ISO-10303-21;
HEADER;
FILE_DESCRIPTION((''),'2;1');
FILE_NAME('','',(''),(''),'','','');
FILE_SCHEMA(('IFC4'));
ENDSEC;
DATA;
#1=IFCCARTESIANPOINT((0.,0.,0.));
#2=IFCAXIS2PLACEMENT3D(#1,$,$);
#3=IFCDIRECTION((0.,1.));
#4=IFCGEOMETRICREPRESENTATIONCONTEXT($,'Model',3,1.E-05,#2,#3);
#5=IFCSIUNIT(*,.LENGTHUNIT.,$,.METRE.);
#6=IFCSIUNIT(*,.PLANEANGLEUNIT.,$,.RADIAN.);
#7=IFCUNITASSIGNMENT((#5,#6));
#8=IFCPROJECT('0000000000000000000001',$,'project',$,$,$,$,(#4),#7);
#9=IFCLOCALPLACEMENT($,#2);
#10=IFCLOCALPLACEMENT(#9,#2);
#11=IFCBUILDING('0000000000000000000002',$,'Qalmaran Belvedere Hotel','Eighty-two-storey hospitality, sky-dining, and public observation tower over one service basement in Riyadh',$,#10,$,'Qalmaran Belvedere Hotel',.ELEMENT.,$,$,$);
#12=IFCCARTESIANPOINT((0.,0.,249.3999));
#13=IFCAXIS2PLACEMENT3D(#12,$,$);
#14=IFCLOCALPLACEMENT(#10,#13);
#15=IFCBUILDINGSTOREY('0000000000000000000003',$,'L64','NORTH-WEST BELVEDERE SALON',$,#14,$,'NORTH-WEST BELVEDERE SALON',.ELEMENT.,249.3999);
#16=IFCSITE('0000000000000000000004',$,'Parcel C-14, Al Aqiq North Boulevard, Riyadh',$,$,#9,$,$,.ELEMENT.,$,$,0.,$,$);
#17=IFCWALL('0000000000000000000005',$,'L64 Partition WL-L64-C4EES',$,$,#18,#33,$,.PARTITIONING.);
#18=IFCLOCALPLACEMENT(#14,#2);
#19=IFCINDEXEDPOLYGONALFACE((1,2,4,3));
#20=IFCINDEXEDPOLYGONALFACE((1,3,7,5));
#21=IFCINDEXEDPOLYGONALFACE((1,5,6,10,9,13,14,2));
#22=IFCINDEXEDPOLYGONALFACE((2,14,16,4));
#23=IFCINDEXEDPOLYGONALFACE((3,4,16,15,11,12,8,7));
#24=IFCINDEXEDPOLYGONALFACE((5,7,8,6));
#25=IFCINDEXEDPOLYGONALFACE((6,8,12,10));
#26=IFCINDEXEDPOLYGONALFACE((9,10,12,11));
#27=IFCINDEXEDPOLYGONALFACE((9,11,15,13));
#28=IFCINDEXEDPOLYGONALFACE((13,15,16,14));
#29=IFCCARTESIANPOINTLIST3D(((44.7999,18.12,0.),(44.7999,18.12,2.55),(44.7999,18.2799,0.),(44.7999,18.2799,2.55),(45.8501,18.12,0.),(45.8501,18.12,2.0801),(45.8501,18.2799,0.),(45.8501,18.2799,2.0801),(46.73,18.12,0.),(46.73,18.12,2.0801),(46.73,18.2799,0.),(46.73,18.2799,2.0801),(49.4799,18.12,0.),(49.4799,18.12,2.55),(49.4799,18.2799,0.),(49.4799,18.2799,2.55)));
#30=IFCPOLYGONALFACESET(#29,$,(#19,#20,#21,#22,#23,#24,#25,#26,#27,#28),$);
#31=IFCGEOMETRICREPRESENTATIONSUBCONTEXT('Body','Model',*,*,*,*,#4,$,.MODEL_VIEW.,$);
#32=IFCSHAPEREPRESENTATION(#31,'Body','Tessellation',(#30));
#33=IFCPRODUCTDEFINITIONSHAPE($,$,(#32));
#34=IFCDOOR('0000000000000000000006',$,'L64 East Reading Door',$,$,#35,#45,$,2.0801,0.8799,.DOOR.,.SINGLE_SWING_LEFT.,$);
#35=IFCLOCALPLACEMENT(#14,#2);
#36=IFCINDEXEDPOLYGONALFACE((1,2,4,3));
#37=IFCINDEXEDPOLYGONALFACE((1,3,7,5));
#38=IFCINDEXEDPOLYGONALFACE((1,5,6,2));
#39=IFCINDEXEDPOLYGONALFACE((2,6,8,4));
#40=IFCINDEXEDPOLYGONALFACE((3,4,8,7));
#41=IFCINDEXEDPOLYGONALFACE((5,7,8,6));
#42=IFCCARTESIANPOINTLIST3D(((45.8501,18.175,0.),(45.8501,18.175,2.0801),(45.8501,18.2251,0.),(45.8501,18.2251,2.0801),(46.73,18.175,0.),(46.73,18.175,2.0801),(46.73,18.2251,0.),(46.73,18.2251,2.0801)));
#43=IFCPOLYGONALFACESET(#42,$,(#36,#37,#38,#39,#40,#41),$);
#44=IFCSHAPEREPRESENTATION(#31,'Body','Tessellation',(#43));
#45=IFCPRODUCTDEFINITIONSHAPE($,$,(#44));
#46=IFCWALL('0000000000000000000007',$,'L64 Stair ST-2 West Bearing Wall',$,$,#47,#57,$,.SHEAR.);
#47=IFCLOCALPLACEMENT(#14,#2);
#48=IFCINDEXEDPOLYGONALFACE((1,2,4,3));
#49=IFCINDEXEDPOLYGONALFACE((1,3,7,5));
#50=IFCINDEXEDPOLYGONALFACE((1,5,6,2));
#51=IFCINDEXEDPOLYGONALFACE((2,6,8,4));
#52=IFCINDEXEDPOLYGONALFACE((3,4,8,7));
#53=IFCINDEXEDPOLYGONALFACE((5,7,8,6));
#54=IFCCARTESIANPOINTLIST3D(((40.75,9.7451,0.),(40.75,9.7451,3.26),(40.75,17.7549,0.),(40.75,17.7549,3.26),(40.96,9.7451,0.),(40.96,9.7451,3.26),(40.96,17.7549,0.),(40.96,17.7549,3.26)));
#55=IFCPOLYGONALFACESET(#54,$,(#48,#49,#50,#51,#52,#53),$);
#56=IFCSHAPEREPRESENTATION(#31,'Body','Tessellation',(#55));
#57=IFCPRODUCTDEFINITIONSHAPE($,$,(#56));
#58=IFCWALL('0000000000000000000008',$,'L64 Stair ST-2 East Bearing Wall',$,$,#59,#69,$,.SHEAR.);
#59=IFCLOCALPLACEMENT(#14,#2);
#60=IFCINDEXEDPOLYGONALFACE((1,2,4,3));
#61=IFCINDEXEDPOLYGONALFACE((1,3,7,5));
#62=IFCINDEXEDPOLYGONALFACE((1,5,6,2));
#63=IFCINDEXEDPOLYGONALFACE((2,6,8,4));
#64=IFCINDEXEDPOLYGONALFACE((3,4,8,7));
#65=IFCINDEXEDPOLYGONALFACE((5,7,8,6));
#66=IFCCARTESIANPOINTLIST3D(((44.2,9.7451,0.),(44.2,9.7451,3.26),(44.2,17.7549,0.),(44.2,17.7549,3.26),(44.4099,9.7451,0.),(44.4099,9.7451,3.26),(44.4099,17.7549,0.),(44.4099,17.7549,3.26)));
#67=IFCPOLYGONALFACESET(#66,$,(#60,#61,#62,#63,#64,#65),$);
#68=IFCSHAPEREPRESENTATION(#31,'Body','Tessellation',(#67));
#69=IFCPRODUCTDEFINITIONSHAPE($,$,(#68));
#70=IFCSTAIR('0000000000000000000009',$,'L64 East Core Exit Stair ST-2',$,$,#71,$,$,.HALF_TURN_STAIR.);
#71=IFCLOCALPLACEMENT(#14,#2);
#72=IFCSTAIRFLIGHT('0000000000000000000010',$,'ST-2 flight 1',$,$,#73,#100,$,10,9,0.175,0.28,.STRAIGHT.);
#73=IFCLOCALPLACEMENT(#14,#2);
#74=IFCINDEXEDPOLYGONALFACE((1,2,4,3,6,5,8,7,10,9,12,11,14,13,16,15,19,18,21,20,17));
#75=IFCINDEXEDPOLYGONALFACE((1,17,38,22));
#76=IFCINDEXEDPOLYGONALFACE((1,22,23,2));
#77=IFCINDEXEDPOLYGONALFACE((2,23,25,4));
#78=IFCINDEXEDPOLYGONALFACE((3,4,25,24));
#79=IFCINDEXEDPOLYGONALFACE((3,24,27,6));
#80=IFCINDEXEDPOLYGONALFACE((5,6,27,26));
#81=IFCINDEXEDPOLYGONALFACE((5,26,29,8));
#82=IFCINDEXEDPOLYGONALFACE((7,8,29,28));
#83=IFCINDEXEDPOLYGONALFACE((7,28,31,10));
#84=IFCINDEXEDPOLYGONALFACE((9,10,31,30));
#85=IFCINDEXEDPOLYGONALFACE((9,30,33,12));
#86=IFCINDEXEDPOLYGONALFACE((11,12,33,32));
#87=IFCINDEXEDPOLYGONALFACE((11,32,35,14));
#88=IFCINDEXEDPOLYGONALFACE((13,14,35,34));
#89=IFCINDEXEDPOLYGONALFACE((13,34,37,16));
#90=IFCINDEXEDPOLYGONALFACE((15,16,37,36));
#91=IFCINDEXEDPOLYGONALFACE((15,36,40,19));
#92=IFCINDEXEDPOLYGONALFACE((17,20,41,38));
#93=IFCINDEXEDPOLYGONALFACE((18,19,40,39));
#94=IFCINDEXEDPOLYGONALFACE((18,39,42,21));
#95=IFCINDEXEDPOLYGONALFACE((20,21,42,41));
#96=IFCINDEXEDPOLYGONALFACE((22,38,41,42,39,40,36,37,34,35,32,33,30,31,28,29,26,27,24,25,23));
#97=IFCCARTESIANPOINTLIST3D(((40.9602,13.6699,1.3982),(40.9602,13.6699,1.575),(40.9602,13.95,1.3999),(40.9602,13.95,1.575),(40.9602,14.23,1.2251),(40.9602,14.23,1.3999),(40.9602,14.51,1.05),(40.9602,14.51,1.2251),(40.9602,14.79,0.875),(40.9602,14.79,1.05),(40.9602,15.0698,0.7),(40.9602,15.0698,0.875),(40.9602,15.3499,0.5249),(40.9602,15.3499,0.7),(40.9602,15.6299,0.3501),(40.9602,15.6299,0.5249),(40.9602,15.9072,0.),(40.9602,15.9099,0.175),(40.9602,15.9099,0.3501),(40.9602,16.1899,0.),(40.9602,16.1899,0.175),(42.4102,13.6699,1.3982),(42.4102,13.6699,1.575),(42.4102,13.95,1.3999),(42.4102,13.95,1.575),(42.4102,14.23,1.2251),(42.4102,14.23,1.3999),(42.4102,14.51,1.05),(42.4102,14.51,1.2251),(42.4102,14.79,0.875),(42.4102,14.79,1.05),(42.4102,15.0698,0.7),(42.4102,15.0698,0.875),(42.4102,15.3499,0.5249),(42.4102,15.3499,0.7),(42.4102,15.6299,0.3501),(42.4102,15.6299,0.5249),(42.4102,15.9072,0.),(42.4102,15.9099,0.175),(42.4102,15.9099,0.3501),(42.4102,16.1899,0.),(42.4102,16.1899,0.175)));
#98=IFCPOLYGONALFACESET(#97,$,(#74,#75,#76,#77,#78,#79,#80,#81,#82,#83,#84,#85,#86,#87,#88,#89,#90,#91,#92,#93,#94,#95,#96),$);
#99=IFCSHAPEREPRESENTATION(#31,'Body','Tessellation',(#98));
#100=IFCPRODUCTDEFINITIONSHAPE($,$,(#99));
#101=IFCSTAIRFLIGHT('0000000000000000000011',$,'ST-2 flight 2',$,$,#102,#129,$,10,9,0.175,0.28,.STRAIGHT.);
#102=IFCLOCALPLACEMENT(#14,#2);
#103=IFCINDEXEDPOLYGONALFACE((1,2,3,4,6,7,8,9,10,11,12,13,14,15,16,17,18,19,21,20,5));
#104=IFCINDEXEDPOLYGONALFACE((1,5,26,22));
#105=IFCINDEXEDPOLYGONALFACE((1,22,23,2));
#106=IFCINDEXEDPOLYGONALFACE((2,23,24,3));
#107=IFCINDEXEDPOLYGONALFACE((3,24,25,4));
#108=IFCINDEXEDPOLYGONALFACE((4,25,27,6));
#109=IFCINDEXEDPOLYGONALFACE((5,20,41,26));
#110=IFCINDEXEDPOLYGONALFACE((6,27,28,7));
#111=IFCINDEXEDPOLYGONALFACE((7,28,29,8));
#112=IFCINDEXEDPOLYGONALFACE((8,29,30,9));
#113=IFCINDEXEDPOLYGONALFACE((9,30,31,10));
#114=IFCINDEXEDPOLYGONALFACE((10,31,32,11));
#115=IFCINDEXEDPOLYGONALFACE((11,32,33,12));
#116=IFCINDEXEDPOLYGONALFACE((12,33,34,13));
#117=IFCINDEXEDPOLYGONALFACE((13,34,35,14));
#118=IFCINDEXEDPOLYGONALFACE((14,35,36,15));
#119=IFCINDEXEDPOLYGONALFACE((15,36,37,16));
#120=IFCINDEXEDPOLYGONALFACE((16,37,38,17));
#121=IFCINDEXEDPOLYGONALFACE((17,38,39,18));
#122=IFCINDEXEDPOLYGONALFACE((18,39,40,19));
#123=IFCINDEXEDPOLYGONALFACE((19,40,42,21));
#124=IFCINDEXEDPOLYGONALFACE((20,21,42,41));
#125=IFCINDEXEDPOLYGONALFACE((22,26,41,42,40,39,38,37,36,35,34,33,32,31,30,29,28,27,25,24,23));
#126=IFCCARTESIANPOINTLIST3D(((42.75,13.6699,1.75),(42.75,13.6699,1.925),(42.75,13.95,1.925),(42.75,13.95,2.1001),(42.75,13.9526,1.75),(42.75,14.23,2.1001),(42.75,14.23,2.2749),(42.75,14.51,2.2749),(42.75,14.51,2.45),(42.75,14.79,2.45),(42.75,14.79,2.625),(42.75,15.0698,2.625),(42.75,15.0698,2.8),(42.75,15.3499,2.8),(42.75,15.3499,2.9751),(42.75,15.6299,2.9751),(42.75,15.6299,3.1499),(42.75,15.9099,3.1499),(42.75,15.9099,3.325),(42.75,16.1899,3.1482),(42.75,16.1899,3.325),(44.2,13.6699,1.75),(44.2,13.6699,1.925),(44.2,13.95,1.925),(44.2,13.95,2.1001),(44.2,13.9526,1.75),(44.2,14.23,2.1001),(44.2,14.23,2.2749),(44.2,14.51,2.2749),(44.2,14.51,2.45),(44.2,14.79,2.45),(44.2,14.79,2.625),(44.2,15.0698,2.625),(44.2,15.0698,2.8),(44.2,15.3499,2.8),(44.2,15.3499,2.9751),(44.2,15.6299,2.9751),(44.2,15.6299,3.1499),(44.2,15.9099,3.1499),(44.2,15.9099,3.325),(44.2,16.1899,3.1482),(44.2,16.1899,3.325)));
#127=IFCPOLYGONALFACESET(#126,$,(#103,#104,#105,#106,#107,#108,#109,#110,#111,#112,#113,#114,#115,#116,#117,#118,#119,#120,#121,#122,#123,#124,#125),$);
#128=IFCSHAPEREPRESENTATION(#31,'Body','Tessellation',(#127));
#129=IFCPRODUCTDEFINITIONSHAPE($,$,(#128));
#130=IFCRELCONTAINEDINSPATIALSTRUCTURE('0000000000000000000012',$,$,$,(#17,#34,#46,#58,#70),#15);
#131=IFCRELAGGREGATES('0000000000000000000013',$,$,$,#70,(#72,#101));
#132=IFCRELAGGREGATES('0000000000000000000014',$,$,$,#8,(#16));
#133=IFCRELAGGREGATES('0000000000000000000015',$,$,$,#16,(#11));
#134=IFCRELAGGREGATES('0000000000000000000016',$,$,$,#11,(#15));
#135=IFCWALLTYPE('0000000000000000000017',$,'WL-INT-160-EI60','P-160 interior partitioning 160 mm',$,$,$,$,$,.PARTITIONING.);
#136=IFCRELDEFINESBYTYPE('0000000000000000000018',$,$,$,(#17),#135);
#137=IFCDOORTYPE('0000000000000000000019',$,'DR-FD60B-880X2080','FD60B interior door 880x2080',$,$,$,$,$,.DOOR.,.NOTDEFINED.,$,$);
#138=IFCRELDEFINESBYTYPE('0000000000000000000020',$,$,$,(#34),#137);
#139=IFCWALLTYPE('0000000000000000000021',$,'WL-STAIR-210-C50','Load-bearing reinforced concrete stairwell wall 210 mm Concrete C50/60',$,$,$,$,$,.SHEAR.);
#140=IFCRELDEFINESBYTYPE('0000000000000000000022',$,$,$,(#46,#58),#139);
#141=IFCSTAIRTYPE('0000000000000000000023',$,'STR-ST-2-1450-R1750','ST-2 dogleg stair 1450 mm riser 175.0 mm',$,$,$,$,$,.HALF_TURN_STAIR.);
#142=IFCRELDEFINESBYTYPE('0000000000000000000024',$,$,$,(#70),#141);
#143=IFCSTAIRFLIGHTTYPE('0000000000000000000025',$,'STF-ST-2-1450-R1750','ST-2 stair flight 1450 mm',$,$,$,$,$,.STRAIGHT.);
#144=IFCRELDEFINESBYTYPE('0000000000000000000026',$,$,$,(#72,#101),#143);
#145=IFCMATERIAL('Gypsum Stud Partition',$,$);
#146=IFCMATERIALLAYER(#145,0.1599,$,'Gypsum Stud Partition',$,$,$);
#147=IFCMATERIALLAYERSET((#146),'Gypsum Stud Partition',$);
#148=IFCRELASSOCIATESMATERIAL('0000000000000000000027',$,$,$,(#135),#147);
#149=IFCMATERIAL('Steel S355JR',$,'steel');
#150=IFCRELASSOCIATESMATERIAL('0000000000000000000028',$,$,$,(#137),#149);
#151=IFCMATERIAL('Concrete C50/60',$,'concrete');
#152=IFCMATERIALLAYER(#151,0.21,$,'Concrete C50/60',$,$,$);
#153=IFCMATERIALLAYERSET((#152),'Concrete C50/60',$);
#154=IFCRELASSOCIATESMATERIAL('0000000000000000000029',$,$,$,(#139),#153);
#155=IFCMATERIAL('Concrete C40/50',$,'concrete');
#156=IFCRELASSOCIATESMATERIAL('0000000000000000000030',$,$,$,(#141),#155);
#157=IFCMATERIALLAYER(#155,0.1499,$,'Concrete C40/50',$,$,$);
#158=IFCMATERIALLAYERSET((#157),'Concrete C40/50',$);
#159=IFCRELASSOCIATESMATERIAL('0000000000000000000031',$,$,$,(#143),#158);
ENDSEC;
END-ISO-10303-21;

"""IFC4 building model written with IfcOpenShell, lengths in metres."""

from ifc_helpers import new_model, si_unit, direction, frame, frame_2d, origin, place, context, subcontext, project, spatial, polyline, rectangle, outline, extrude, material, layer, layer_set, type_object, element, fill, aggregate, save


model = new_model("IFC4")

# Units and contexts
model_context = context("Model", 3, precision=1e-05, world=origin(), true_north=direction((0.0, 1.0)))
body_context = subcontext(model_context, "Body", "Model", "MODEL_VIEW")
ifc_project = project(units=[si_unit("LENGTHUNIT", "METRE"), si_unit("PLANEANGLEUNIT", "RADIAN")], contexts=[model_context])

# Site, building, storey
site_placement = place(None, origin())
site = spatial("IfcSite", under=ifc_project, at=site_placement, Name="Parcel C-14, Al Aqiq North Boulevard, Riyadh", CompositionType="ELEMENT", RefElevation=0.0)
building_placement = place(site_placement, origin())
building = spatial("IfcBuilding", under=site, at=building_placement, Name="Qalmaran Belvedere Hotel", Description="Eighty-two-storey hospitality, sky-dining, and public observation tower over one service basement in Riyadh", LongName="Qalmaran Belvedere Hotel", CompositionType="ELEMENT")
storey_placement = place(building_placement, frame((0.0, 0.0, 249.3999)))
storey = spatial("IfcBuildingStorey", under=building, at=storey_placement, Name="L64", Description="NORTH-WEST BELVEDERE SALON", LongName="NORTH-WEST BELVEDERE SALON", CompositionType="ELEMENT", Elevation=249.3999)

# Shared definitions
ifc_material_1 = material(Name="Concrete C50/60", Category="concrete")

# Shared definitions
ifc_material_2 = material(Name="Steel S355JR", Category="steel")

# Wall, opening, door
ifc_material_3 = material(Name="Gypsum Stud Partition")
ifc_layer_1 = layer(ifc_material_3, 0.1599, Name="Gypsum Stud Partition")
ifc_layer_set_1 = layer_set([ifc_layer_1], Name="Gypsum Stud Partition")
wall_type_1 = type_object("IfcWallType", Name="WL-INT-160-EI60", Description="P-160 interior partitioning 160 mm", PredefinedType="PARTITIONING", material=ifc_layer_set_1)
wall_1_placement = place(storey_placement, frame((44.8, 18.2, 0.0), z_axis=(0.0, 0.0, 1.0), x_axis=(1.0, 0.0, 0.0)))
wall_1 = element("IfcWall", 1, at=wall_1_placement, inside=storey, type_object=wall_type_1, Name="L64 Partition WL-L64-C4EES", PredefinedType="PARTITIONING", context=body_context, shape_type="SweptSolid", body=[
    extrude(rectangle(XDim=4.6799, YDim=0.1599, at=frame_2d((2.3398, 0.0))), origin(), (0.0, 0.0, 1.0), 2.55),
])
opening_1_placement = place(wall_1_placement, frame((1.9299, 0.0, 0.0), z_axis=(0.0, 0.0, 1.0), x_axis=(-1.0, 0.0, 0.0)))
opening_1 = element("IfcOpeningElement", 2, at=opening_1_placement, cuts=wall_1, PredefinedType="OPENING", context=body_context, shape_type="SweptSolid", body=[
    extrude(rectangle(XDim=0.8799, YDim=2.0801, at=frame_2d((0.4399, 1.04))), frame((0.0, 0.0898, 0.0), z_axis=(0.0, -1.0, 0.0), x_axis=(1.0, 0.0, 0.0)), (0.0, 0.0, 1.0), 0.1799),
])
door_type = type_object("IfcDoorType", Name="DR-FD60B-880X2080", Description="FD60B interior door 880x2080", OperationType="NOTDEFINED", PredefinedType="DOOR", material=ifc_material_2)
door_placement = place(opening_1_placement, origin())
door = element("IfcDoor", 3, at=door_placement, inside=storey, type_object=door_type, Name="L64 East Reading Door", OperationType="SINGLE_SWING_LEFT", OverallHeight=2.0801, OverallWidth=0.8799, PredefinedType="DOOR", context=body_context, shape_type="SweptSolid", body=[
    extrude(rectangle(XDim=0.8799, YDim=2.0801, at=frame_2d((0.4399, 1.04))), frame((0.0, 0.0249, 0.0), z_axis=(0.0, -1.0, 0.0), x_axis=(1.0, 0.0, 0.0)), (0.0, 0.0, 1.0), 0.05),
])
fill(opening_1, door)

# Walls
ifc_layer_2 = layer(ifc_material_1, 0.21, Name="Concrete C50/60")
ifc_layer_set_2 = layer_set([ifc_layer_2], Name="Concrete C50/60")
wall_type_2 = type_object("IfcWallType", Name="WL-STAIR-210-C50", Description="Load-bearing reinforced concrete stairwell wall 210 mm Concrete C50/60", PredefinedType="SHEAR", material=ifc_layer_set_2)
for number, where, z_axis, x_axis, name in (
    (4, (40.855, 9.7451, 0.0), (0.0, 0.0, 1.0), (0.0, 1.0, 0.0), "L64 Stair ST-2 West Bearing Wall"),
    (5, (44.3049, 9.7451, 0.0), (0.0, 0.0, 1.0), (0.0, 1.0, 0.0), "L64 Stair ST-2 East Bearing Wall"),
):
    element("IfcWall", number, at=place(storey_placement, frame(where, z_axis=z_axis, x_axis=x_axis)), inside=storey, type_object=wall_type_2, Name=name, PredefinedType="SHEAR", context=body_context, shape_type="SweptSolid", body=[
        extrude(rectangle(XDim=8.0098, YDim=0.21, at=frame_2d((4.0049, 0.0))), origin(), (0.0, 0.0, 1.0), 3.26),
    ])

# Stair, stair flights
ifc_material_4 = material(Name="Concrete C40/50", Category="concrete")
stair_type = type_object("IfcStairType", Name="STR-ST-2-1450-R1750", Description="ST-2 dogleg stair 1450 mm riser 175.0 mm", PredefinedType="HALF_TURN_STAIR", material=ifc_material_4)
stair_placement = place(storey_placement, origin())
stair = element("IfcStair", 6, at=stair_placement, inside=storey, type_object=stair_type, Name="L64 East Core Exit Stair ST-2", PredefinedType="HALF_TURN_STAIR")
ifc_layer_3 = layer(ifc_material_4, 0.1499, Name="Concrete C40/50")
ifc_layer_set_3 = layer_set([ifc_layer_3], Name="Concrete C40/50")
stair_flight_type = type_object("IfcStairFlightType", Name="STF-ST-2-1450-R1750", Description="ST-2 stair flight 1450 mm", PredefinedType="STRAIGHT", material=ifc_layer_set_3)
stair_flight_1_placement = place(storey_placement, frame((41.6851, 16.1899, 0.0), z_axis=(0.0, 0.0, 1.0), x_axis=(0.0, -1.0, 0.0)))
stair_flight_1 = element("IfcStairFlight", 7, at=stair_flight_1_placement, type_object=stair_flight_type, Name="ST-2 flight 1", NumberOfRisers=10, NumberOfTreads=9, PredefinedType="STRAIGHT", RiserHeight=0.175, TreadLength=0.28, context=body_context, shape_type="SweptSolid", body=[
    extrude(outline(polyline([(0.0, 0.0), (0.0, 0.175), (0.28, 0.175), (0.28, 0.3501), (0.5601, 0.3501), (0.5601, 0.5249), (0.8401, 0.5249), (0.8401, 0.7), (1.1201, 0.7), (1.1201, 0.875), (1.3999, 0.875), (1.3999, 1.05), (1.6799, 1.05), (1.6799, 1.2251), (1.96, 1.2251), (1.96, 1.3999), (2.24, 1.3999), (2.24, 1.575), (2.52, 1.575), (2.52, 1.75), (2.52, 1.3982), (0.2827, 0.0), (0.0, 0.0)])), frame((0.0, 0.7251, 0.0), z_axis=(0.0, -1.0, 0.0), x_axis=(1.0, 0.0, 0.0)), (0.0, 0.0, 1.0), 1.45),
])
stair_flight_2_placement = place(storey_placement, frame((43.4751, 13.6699, 1.75), z_axis=(0.0, 0.0, 1.0), x_axis=(0.0, 1.0, 0.0)))
stair_flight_2 = element("IfcStairFlight", 8, at=stair_flight_2_placement, type_object=stair_flight_type, Name="ST-2 flight 2", NumberOfRisers=10, NumberOfTreads=9, PredefinedType="STRAIGHT", RiserHeight=0.175, TreadLength=0.28, context=body_context, shape_type="SweptSolid", body=[
    extrude(outline(polyline([(0.0, 0.0), (0.0, 0.175), (0.28, 0.175), (0.28, 0.3501), (0.5601, 0.3501), (0.5601, 0.5249), (0.8401, 0.5249), (0.8401, 0.7), (1.1201, 0.7), (1.1201, 0.875), (1.3999, 0.875), (1.3999, 1.05), (1.6799, 1.05), (1.6799, 1.2251), (1.96, 1.2251), (1.96, 1.3999), (2.24, 1.3999), (2.24, 1.575), (2.52, 1.575), (2.52, 1.75), (2.52, 1.3982), (0.2827, 0.0), (0.0, 0.0)])), frame((0.0, 0.7251, 0.0), z_axis=(0.0, -1.0, 0.0), x_axis=(1.0, 0.0, 0.0)), (0.0, 0.0, 1.0), 1.45),
])
aggregate(stair, [stair_flight_1, stair_flight_2])

save(model, "model.ifc")
